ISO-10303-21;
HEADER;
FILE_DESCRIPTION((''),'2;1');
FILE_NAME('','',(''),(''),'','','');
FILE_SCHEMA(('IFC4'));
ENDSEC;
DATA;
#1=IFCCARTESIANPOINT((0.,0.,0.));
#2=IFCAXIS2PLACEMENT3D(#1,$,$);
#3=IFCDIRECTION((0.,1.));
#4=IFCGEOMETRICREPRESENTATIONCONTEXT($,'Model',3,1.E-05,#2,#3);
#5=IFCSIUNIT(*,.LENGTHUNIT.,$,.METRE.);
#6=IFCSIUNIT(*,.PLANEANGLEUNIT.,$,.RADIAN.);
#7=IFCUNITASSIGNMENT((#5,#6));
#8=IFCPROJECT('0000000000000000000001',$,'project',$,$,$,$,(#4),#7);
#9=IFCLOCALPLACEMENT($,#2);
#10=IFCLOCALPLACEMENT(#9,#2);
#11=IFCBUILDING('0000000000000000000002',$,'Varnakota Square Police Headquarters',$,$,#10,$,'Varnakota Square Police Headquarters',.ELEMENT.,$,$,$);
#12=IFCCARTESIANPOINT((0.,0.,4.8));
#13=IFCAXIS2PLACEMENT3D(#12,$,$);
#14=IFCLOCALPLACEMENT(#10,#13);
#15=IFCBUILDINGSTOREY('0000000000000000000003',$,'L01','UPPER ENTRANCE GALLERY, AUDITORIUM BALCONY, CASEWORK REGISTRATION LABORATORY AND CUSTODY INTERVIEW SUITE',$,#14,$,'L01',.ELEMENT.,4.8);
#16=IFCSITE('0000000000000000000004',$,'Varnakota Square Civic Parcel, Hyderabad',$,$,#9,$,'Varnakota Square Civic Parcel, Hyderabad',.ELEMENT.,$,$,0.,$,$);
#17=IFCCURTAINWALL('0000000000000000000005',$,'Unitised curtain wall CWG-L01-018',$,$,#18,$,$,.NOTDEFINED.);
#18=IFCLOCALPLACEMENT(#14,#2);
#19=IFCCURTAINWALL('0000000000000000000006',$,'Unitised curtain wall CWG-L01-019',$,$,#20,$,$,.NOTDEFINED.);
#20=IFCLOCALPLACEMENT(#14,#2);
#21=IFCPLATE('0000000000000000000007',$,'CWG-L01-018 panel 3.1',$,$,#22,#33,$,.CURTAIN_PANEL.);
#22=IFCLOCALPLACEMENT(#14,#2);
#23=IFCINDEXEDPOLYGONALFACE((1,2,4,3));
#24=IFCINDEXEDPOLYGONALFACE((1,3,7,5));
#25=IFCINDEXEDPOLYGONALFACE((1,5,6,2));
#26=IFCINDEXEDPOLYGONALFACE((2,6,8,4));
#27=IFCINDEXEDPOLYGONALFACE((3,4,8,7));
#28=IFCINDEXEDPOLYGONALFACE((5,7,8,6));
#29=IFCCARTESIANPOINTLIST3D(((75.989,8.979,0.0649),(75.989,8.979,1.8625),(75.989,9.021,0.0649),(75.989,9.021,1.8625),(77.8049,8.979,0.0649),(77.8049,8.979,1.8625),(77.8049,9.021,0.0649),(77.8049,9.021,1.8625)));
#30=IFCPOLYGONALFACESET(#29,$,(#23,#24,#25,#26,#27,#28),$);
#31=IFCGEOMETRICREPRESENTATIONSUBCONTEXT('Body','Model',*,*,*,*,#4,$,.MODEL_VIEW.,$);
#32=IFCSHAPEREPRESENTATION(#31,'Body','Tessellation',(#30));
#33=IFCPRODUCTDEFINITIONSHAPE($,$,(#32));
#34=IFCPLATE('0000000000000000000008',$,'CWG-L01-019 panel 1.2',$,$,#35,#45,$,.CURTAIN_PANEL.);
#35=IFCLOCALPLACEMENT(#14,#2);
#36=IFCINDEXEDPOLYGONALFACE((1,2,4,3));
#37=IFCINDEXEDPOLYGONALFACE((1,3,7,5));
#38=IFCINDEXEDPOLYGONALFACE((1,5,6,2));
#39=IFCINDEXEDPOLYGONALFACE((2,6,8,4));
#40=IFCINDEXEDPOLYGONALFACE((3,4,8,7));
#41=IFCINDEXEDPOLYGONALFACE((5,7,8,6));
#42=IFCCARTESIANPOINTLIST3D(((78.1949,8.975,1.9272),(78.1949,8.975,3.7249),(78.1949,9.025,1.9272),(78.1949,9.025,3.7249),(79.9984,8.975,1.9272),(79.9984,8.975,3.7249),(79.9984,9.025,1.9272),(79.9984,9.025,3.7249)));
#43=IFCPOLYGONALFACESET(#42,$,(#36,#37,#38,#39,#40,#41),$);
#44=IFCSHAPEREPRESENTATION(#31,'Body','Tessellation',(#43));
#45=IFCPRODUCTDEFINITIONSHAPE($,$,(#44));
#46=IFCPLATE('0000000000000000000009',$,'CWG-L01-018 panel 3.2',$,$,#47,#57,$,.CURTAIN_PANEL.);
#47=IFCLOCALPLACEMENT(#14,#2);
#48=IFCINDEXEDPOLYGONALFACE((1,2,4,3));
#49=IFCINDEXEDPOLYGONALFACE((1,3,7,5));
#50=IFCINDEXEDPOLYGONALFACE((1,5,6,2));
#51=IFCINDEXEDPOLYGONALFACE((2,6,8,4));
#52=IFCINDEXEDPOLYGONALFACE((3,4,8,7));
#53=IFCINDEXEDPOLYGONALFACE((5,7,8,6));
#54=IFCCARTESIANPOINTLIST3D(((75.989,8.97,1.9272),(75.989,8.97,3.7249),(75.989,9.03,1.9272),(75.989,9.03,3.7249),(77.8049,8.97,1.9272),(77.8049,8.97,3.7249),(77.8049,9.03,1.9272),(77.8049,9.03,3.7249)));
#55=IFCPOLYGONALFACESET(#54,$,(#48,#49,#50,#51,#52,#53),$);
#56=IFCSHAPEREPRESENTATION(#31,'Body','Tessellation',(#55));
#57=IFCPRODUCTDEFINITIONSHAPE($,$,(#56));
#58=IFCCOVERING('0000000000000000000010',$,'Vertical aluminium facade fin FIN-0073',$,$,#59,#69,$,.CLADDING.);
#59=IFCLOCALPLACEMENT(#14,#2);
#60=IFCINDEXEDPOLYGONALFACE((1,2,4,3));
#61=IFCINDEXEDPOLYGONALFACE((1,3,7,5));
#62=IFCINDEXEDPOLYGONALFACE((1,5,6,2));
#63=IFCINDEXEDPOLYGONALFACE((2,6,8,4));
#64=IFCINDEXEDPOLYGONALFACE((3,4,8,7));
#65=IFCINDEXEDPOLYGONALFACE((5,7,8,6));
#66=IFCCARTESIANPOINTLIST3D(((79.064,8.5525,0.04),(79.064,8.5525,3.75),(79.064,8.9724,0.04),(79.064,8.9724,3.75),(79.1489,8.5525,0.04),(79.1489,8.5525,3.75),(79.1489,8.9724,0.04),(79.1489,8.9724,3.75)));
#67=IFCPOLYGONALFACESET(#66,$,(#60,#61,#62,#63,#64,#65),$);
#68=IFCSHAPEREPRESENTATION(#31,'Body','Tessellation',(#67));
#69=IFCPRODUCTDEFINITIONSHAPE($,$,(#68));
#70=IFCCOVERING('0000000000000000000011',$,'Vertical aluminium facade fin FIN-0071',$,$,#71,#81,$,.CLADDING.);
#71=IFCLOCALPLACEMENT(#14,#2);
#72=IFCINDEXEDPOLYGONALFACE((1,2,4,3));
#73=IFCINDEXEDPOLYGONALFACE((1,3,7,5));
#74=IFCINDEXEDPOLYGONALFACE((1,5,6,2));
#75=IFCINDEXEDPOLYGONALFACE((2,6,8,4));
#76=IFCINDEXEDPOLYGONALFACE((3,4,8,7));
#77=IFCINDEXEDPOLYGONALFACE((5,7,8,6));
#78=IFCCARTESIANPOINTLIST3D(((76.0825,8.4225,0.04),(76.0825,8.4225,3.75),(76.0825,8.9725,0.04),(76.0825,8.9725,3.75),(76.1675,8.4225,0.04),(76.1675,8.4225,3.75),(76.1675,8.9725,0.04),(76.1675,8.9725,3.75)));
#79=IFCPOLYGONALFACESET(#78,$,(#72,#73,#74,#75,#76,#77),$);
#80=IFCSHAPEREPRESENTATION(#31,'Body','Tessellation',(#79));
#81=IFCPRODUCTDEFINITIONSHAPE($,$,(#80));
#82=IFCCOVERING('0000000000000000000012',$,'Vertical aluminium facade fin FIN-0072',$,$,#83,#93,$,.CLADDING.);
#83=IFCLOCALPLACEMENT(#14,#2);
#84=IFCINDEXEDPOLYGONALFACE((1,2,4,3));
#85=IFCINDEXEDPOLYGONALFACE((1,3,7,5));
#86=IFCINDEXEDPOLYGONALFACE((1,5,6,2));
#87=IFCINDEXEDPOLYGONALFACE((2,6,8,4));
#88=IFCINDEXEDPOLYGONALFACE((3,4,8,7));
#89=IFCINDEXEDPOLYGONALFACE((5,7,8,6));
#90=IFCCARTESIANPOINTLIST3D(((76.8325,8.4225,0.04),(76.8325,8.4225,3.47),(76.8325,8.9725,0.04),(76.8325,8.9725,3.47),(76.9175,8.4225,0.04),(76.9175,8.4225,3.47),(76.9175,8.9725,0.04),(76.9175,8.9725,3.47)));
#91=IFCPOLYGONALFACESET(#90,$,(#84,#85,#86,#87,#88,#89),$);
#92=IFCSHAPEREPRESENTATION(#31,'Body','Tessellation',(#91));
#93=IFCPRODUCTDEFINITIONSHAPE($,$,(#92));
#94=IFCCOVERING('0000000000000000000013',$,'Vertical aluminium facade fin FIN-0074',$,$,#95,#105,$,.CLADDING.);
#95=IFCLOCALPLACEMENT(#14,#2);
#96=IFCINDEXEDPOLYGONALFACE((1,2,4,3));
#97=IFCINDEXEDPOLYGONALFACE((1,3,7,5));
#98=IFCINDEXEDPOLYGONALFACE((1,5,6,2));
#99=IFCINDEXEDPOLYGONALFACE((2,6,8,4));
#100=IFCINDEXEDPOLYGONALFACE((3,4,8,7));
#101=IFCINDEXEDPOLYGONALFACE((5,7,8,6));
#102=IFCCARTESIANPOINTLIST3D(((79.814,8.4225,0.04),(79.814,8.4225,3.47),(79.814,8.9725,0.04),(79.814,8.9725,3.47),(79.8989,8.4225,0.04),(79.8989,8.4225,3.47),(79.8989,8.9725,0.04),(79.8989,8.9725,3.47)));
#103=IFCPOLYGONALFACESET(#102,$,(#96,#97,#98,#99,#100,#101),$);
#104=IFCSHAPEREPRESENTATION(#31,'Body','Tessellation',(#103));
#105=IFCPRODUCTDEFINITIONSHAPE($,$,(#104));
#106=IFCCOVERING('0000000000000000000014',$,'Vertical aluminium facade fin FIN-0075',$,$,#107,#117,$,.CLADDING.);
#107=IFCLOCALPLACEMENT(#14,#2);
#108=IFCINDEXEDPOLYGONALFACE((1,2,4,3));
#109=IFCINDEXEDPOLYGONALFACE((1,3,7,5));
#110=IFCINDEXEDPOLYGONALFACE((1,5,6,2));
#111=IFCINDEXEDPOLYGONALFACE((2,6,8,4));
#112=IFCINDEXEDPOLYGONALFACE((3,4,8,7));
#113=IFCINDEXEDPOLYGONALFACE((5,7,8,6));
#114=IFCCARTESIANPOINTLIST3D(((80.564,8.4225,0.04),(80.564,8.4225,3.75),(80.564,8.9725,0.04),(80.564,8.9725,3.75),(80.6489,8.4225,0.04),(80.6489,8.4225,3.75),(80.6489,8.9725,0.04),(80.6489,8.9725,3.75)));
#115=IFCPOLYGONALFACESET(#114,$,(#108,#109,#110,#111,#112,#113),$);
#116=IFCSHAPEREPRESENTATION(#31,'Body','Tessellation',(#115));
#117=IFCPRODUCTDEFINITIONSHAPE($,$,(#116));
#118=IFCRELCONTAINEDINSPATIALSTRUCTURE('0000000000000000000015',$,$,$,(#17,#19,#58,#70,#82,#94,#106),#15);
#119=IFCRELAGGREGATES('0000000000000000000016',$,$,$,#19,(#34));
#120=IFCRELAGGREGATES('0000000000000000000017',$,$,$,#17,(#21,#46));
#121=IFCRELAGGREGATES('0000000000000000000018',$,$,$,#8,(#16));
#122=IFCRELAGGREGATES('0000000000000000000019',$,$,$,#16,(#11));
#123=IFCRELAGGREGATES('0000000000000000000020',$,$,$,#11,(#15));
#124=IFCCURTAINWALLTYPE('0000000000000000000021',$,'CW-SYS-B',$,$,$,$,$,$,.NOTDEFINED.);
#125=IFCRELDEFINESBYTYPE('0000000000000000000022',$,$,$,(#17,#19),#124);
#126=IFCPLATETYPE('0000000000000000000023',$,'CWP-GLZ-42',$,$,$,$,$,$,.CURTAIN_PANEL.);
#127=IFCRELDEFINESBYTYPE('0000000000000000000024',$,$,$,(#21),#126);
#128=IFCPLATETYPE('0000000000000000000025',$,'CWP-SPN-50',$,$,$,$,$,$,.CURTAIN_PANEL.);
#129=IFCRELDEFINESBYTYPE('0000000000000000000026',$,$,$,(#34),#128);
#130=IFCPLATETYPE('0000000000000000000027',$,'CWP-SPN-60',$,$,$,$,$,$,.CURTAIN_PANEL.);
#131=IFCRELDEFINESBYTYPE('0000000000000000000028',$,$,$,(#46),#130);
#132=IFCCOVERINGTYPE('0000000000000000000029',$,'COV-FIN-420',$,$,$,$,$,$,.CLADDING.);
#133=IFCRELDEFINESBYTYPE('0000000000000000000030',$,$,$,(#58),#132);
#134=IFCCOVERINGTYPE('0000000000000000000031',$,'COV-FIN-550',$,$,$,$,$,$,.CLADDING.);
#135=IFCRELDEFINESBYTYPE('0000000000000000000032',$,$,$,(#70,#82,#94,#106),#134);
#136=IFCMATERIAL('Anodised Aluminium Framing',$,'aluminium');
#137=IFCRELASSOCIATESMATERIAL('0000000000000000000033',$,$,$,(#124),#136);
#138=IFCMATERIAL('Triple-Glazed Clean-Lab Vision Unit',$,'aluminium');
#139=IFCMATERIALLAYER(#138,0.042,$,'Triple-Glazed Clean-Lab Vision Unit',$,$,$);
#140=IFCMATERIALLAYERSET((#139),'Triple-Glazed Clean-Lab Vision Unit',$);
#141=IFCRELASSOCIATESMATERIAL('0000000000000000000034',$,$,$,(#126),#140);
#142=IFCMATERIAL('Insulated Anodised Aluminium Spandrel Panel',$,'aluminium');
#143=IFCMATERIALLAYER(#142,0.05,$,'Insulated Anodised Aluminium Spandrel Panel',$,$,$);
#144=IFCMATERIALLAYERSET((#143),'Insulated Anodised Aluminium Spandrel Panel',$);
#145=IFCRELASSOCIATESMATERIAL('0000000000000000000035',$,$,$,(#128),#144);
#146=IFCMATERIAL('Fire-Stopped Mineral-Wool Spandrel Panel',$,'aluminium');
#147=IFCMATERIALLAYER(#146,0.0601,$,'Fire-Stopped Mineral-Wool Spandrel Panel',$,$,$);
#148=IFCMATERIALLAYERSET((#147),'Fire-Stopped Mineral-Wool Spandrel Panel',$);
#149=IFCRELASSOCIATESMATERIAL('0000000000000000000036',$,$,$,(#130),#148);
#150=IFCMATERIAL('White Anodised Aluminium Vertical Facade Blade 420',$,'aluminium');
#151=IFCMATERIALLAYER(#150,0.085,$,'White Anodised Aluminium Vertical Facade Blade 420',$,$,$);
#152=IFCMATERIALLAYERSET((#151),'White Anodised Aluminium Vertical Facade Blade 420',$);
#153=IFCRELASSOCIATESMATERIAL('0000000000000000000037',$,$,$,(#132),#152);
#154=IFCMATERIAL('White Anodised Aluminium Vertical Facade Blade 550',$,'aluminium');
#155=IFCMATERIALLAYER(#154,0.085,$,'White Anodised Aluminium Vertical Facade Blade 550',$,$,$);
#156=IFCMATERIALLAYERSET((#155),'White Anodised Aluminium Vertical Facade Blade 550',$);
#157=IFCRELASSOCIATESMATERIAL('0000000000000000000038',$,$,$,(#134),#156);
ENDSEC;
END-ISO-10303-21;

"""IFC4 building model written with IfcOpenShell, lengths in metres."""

from ifc_helpers import new_model, si_unit, direction, frame, origin, origin_2d, place, context, subcontext, project, spatial, rectangle, extrude, material, layer, layer_set, type_object, element, aggregate, save


model = new_model("IFC4")

# Units and contexts
model_context = context("Model", 3, precision=1e-05, world=origin(), true_north=direction((0.0, 1.0)))
body_context = subcontext(model_context, "Body", "Model", "MODEL_VIEW")
ifc_project = project(units=[si_unit("LENGTHUNIT", "METRE"), si_unit("PLANEANGLEUNIT", "RADIAN")], contexts=[model_context])

# Site, building, storey
site_placement = place(None, origin())
site = spatial("IfcSite", under=ifc_project, at=site_placement, Name="Varnakota Square Civic Parcel, Hyderabad", LongName="Varnakota Square Civic Parcel, Hyderabad", CompositionType="ELEMENT", RefElevation=0.0)
building_placement = place(site_placement, origin())
building = spatial("IfcBuilding", under=site, at=building_placement, Name="Varnakota Square Police Headquarters", LongName="Varnakota Square Police Headquarters", CompositionType="ELEMENT")
storey_placement = place(building_placement, frame((0.0, 0.0, 4.8)))
storey = spatial("IfcBuildingStorey", under=building, at=storey_placement, Name="L01", Description="UPPER ENTRANCE GALLERY, AUDITORIUM BALCONY, CASEWORK REGISTRATION LABORATORY AND CUSTODY INTERVIEW SUITE", LongName="L01", CompositionType="ELEMENT", Elevation=4.8)

# Curtain wall
ifc_material_1 = material(Name="Anodised Aluminium Framing", Category="aluminium")
curtain_wall_type = type_object("IfcCurtainWallType", Name="CW-SYS-B", PredefinedType="NOTDEFINED", material=ifc_material_1)
curtain_wall_1_placement = place(storey_placement, origin())
curtain_wall_1 = element("IfcCurtainWall", 1, at=curtain_wall_1_placement, inside=storey, type_object=curtain_wall_type, Name="Unitised curtain wall CWG-L01-018", PredefinedType="NOTDEFINED")

# Curtain wall
curtain_wall_2_placement = place(storey_placement, origin())
curtain_wall_2 = element("IfcCurtainWall", 2, at=curtain_wall_2_placement, inside=storey, type_object=curtain_wall_type, Name="Unitised curtain wall CWG-L01-019", PredefinedType="NOTDEFINED")

# Plates
ifc_material_2 = material(Name="Triple-Glazed Clean-Lab Vision Unit", Category="aluminium")
ifc_layer_1 = layer(ifc_material_2, 0.042, Name="Triple-Glazed Clean-Lab Vision Unit")
ifc_layer_set_1 = layer_set([ifc_layer_1], Name="Triple-Glazed Clean-Lab Vision Unit")
plate_type_1 = type_object("IfcPlateType", Name="CWP-GLZ-42", PredefinedType="CURTAIN_PANEL", material=ifc_layer_set_1)
plate_1_placement = place(storey_placement, frame((76.897, 9.0, 0.0649), z_axis=(0.0, 0.0, 1.0), x_axis=(1.0, 0.0, 0.0)))
plate_1 = element("IfcPlate", 3, at=plate_1_placement, type_object=plate_type_1, Name="CWG-L01-018 panel 3.1", PredefinedType="CURTAIN_PANEL", context=body_context, shape_type="SweptSolid", body=[
    extrude(rectangle(XDim=1.8159, YDim=0.042, at=origin_2d()), origin(), (0.0, 0.0, 1.0), 1.7976),
])
ifc_material_3 = material(Name="Insulated Anodised Aluminium Spandrel Panel", Category="aluminium")
ifc_layer_2 = layer(ifc_material_3, 0.05, Name="Insulated Anodised Aluminium Spandrel Panel")
ifc_layer_set_2 = layer_set([ifc_layer_2], Name="Insulated Anodised Aluminium Spandrel Panel")
plate_type_2 = type_object("IfcPlateType", Name="CWP-SPN-50", PredefinedType="CURTAIN_PANEL", material=ifc_layer_set_2)
plate_2_placement = place(storey_placement, frame((79.0967, 9.0, 1.9272), z_axis=(0.0, 0.0, 1.0), x_axis=(1.0, 0.0, 0.0)))
plate_2 = element("IfcPlate", 4, at=plate_2_placement, type_object=plate_type_2, Name="CWG-L01-019 panel 1.2", PredefinedType="CURTAIN_PANEL", context=body_context, shape_type="SweptSolid", body=[
    extrude(rectangle(XDim=1.8035, YDim=0.05, at=origin_2d()), origin(), (0.0, 0.0, 1.0), 1.7976),
])
aggregate(curtain_wall_2, [plate_2])
ifc_material_4 = material(Name="Fire-Stopped Mineral-Wool Spandrel Panel", Category="aluminium")
ifc_layer_3 = layer(ifc_material_4, 0.0601, Name="Fire-Stopped Mineral-Wool Spandrel Panel")
ifc_layer_set_3 = layer_set([ifc_layer_3], Name="Fire-Stopped Mineral-Wool Spandrel Panel")
plate_type_3 = type_object("IfcPlateType", Name="CWP-SPN-60", PredefinedType="CURTAIN_PANEL", material=ifc_layer_set_3)
plate_3_placement = place(storey_placement, frame((76.897, 9.0, 1.9272), z_axis=(0.0, 0.0, 1.0), x_axis=(1.0, 0.0, 0.0)))
plate_3 = element("IfcPlate", 5, at=plate_3_placement, type_object=plate_type_3, Name="CWG-L01-018 panel 3.2", PredefinedType="CURTAIN_PANEL", context=body_context, shape_type="SweptSolid", body=[
    extrude(rectangle(XDim=1.8159, YDim=0.0601, at=origin_2d()), origin(), (0.0, 0.0, 1.0), 1.7976),
])
aggregate(curtain_wall_1, [plate_1, plate_3])

# Coverings
ifc_material_5 = material(Name="White Anodised Aluminium Vertical Facade Blade 420", Category="aluminium")
ifc_layer_4 = layer(ifc_material_5, 0.085, Name="White Anodised Aluminium Vertical Facade Blade 420")
ifc_layer_set_4 = layer_set([ifc_layer_4], Name="White Anodised Aluminium Vertical Facade Blade 420")
covering_type_1 = type_object("IfcCoveringType", Name="COV-FIN-420", PredefinedType="CLADDING", material=ifc_layer_set_4)
covering_1_placement = place(storey_placement, frame((79.1064, 8.7625, 0.04), z_axis=(0.0, 0.0, 1.0), x_axis=(1.0, 0.0, 0.0)))
element("IfcCovering", 6, at=covering_1_placement, inside=storey, type_object=covering_type_1, Name="Vertical aluminium facade fin FIN-0073", PredefinedType="CLADDING", context=body_context, shape_type="SweptSolid", body=[
    extrude(rectangle(XDim=0.085, YDim=0.4199, at=origin_2d()), origin(), (0.0, 0.0, 1.0), 3.71),
])
ifc_material_6 = material(Name="White Anodised Aluminium Vertical Facade Blade 550", Category="aluminium")
ifc_layer_5 = layer(ifc_material_6, 0.085, Name="White Anodised Aluminium Vertical Facade Blade 550")
ifc_layer_set_5 = layer_set([ifc_layer_5], Name="White Anodised Aluminium Vertical Facade Blade 550")
covering_type_2 = type_object("IfcCoveringType", Name="COV-FIN-550", PredefinedType="CLADDING", material=ifc_layer_set_5)
covering_2_placement = place(storey_placement, frame((76.125, 8.6975, 0.04), z_axis=(0.0, 0.0, 1.0), x_axis=(1.0, 0.0, 0.0)))
element("IfcCovering", 7, at=covering_2_placement, inside=storey, type_object=covering_type_2, Name="Vertical aluminium facade fin FIN-0071", PredefinedType="CLADDING", context=body_context, shape_type="SweptSolid", body=[
    extrude(rectangle(XDim=0.085, YDim=0.55, at=origin_2d()), origin(), (0.0, 0.0, 1.0), 3.71),
])
for number, where, z_axis, x_axis, name in (
    (8, (76.875, 8.6975, 0.04), (0.0, 0.0, 1.0), (1.0, 0.0, 0.0), "Vertical aluminium facade fin FIN-0072"),
    (9, (79.8564, 8.6975, 0.04), (0.0, 0.0, 1.0), (1.0, 0.0, 0.0), "Vertical aluminium facade fin FIN-0074"),
):
    element("IfcCovering", number, at=place(storey_placement, frame(where, z_axis=z_axis, x_axis=x_axis)), inside=storey, type_object=covering_type_2, Name=name, PredefinedType="CLADDING", context=body_context, shape_type="SweptSolid", body=[
        extrude(rectangle(XDim=0.085, YDim=0.55, at=origin_2d()), origin(), (0.0, 0.0, 1.0), 3.4299),
    ])
covering_3_placement = place(storey_placement, frame((80.6064, 8.6975, 0.04), z_axis=(0.0, 0.0, 1.0), x_axis=(1.0, 0.0, 0.0)))
element("IfcCovering", 10, at=covering_3_placement, inside=storey, type_object=covering_type_2, Name="Vertical aluminium facade fin FIN-0075", PredefinedType="CLADDING", context=body_context, shape_type="SweptSolid", body=[
    extrude(rectangle(XDim=0.085, YDim=0.55, at=origin_2d()), origin(), (0.0, 0.0, 1.0), 3.71),
])

save(model, "model.ifc")
